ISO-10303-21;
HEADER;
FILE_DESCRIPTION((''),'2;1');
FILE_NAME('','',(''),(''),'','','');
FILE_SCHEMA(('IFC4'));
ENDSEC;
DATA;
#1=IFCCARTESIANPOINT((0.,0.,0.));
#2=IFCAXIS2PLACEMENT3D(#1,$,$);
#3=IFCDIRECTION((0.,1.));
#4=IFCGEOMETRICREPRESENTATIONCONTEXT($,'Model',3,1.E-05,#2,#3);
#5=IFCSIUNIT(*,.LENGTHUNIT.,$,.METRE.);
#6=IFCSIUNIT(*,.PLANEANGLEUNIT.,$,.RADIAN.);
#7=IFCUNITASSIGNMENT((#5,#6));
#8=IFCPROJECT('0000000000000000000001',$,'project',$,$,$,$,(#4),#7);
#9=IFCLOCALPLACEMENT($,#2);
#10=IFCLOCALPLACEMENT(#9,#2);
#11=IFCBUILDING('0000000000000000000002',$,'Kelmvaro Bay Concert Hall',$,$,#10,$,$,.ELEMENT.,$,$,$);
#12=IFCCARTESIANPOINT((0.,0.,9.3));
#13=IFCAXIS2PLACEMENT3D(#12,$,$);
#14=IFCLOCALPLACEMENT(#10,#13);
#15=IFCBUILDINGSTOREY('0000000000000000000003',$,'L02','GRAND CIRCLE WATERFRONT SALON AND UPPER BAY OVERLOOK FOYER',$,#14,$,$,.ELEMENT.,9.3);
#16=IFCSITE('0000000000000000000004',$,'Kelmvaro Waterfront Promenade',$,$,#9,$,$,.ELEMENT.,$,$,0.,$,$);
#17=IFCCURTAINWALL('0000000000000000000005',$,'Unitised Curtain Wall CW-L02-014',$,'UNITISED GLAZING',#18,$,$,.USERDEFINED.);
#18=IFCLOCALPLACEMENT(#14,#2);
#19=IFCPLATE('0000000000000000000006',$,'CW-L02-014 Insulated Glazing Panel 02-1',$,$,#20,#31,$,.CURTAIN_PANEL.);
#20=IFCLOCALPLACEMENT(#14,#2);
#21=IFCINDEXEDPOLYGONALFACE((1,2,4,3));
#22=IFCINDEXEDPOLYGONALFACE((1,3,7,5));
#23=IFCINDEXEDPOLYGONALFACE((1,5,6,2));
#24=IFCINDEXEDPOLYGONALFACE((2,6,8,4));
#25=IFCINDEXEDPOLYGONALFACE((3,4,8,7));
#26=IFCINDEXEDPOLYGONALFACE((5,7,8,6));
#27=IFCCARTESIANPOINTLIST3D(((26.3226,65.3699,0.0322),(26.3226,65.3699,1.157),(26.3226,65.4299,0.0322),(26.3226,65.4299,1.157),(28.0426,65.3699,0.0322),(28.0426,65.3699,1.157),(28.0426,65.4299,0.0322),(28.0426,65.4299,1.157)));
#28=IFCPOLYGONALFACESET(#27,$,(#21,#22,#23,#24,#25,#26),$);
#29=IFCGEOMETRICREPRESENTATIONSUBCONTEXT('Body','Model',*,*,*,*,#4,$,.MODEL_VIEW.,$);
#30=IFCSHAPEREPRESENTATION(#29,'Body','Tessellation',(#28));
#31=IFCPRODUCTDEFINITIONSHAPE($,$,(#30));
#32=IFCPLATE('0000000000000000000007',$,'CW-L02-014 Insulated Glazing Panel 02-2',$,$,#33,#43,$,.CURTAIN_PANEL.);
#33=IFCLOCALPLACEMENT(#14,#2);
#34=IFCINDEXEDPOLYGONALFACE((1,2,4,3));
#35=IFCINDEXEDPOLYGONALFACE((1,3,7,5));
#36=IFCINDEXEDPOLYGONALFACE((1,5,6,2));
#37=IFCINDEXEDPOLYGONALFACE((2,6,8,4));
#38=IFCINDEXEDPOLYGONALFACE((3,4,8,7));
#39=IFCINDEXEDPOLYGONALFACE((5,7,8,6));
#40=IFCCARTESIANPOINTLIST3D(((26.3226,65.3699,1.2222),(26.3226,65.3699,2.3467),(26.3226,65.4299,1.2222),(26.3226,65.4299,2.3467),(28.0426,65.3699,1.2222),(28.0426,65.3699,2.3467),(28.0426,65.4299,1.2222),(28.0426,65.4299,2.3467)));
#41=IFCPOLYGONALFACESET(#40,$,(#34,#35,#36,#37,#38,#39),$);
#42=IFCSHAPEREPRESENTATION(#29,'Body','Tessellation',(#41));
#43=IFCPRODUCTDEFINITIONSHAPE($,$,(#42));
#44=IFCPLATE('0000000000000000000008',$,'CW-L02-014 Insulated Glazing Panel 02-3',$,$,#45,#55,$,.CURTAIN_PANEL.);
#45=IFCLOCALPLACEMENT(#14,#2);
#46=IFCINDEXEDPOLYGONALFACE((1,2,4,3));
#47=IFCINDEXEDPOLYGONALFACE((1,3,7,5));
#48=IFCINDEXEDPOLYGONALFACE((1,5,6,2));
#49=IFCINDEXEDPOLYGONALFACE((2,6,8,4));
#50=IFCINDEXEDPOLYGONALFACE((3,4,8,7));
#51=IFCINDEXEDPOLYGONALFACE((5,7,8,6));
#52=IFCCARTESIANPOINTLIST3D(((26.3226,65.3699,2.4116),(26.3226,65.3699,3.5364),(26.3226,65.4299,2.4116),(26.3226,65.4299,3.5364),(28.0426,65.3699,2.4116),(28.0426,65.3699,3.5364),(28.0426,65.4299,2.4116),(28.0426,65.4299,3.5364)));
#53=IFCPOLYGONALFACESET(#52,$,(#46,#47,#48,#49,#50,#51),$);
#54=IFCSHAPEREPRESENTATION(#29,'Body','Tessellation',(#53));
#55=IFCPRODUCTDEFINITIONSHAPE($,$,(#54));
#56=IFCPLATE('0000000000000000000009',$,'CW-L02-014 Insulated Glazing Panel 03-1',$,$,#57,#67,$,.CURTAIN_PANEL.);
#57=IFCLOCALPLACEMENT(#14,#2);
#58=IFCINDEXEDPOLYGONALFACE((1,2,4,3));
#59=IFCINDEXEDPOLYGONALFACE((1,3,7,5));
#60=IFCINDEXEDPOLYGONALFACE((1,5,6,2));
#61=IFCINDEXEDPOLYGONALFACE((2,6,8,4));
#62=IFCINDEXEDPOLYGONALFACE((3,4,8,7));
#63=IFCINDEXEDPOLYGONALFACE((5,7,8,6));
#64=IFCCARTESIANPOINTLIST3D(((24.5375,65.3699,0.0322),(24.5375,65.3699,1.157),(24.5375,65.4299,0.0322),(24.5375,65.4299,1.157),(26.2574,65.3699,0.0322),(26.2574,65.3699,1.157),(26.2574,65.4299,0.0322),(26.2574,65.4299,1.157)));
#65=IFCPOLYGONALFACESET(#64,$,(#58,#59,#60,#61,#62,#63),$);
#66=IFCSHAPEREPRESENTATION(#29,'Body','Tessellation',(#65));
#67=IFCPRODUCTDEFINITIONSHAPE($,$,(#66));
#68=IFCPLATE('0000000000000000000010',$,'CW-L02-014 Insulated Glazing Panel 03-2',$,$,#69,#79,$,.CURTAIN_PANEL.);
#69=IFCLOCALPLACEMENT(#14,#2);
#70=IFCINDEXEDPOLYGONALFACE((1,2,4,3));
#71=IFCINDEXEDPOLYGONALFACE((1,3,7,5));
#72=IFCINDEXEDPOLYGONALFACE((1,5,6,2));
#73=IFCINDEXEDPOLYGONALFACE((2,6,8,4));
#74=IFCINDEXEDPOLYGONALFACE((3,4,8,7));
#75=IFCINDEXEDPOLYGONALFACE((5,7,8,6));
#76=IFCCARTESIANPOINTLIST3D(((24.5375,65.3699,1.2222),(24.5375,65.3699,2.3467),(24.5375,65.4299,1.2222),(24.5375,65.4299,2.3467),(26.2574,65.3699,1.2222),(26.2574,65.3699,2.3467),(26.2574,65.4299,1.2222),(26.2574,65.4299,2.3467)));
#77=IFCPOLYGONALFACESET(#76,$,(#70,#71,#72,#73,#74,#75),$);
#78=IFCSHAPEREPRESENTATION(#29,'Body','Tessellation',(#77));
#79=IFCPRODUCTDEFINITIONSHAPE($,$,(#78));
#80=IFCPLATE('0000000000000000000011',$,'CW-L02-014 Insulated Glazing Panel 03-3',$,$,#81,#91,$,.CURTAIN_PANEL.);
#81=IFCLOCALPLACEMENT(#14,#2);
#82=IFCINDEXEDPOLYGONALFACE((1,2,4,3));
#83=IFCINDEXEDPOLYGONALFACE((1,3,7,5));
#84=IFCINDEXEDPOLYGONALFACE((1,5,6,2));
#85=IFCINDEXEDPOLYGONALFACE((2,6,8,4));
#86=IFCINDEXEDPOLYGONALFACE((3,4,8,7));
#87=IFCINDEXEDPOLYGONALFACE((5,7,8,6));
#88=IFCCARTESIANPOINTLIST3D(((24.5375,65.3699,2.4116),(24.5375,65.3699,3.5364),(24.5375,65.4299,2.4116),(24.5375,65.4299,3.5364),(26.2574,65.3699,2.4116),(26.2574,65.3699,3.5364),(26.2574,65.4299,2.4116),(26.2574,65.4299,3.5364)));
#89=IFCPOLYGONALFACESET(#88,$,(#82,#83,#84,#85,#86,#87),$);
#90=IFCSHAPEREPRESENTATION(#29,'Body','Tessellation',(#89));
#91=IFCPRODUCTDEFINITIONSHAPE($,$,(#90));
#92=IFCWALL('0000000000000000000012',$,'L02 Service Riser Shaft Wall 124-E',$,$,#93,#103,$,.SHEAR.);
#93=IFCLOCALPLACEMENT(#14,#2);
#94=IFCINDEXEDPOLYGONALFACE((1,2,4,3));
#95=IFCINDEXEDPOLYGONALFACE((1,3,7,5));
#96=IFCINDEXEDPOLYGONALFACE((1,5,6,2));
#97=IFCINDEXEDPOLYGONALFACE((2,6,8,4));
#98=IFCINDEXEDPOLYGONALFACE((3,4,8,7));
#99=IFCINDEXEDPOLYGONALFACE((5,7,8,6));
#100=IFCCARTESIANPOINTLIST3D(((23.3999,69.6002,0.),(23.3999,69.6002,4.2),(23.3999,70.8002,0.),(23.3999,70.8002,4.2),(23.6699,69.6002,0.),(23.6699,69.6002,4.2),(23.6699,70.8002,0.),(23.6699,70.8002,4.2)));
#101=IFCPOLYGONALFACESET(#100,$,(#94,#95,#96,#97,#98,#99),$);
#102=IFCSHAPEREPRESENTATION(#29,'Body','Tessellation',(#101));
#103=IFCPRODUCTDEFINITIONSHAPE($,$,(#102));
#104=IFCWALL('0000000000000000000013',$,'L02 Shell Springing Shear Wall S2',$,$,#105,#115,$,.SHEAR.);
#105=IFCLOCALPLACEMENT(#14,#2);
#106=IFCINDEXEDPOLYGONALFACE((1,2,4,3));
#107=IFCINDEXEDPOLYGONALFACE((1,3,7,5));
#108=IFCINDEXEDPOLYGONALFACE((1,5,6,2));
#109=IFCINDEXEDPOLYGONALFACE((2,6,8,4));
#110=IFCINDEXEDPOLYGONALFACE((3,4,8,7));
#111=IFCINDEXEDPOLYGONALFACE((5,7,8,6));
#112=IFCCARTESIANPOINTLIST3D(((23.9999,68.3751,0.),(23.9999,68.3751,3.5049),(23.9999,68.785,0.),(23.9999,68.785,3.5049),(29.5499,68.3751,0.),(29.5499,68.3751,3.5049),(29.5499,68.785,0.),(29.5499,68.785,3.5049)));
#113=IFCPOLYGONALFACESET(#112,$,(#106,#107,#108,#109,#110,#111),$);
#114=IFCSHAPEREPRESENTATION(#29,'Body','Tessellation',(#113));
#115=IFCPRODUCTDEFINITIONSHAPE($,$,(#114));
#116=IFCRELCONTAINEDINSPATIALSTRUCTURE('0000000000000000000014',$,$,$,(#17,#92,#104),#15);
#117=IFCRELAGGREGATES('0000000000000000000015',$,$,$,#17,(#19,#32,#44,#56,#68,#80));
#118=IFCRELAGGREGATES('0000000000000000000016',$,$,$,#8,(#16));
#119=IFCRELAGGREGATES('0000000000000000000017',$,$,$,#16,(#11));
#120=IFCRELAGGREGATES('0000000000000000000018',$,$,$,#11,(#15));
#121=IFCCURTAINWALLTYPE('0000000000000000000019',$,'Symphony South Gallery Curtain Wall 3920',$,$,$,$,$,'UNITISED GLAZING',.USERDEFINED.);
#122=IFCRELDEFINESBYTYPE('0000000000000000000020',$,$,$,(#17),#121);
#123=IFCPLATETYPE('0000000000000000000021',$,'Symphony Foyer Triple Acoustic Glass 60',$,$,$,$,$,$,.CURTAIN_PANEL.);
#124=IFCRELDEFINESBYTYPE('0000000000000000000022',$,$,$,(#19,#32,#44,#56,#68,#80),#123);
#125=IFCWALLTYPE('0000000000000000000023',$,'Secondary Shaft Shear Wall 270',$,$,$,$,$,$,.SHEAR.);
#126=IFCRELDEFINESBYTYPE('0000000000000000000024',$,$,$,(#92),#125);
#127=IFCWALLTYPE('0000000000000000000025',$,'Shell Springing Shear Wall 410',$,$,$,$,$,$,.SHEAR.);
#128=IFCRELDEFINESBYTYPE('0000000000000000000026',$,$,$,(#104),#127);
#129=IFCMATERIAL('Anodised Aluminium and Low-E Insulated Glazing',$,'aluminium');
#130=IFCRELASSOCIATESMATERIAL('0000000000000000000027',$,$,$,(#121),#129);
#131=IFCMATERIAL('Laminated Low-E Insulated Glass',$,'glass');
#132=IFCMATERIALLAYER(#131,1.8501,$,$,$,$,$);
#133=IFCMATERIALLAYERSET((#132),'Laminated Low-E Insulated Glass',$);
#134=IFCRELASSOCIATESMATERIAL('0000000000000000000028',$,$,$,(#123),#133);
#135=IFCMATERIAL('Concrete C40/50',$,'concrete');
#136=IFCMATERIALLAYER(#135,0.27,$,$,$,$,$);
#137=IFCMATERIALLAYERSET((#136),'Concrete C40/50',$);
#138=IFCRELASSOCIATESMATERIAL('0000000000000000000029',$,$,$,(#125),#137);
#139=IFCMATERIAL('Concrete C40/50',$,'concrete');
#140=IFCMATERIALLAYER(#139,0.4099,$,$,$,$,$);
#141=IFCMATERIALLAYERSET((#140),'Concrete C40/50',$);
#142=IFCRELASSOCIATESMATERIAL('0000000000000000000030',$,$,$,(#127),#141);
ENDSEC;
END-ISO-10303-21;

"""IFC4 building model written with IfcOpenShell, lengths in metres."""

from ifc_helpers import new_model, si_unit, direction, frame, frame_2d, origin, origin_2d, place, context, subcontext, project, spatial, rectangle, extrude, material, layer, layer_set, type_object, element, aggregate, save


model = new_model("IFC4")

# Units and contexts
model_context = context("Model", 3, precision=1e-05, world=origin(), true_north=direction((0.0, 1.0)))
body_context = subcontext(model_context, "Body", "Model", "MODEL_VIEW")
ifc_project = project(units=[si_unit("LENGTHUNIT", "METRE"), si_unit("PLANEANGLEUNIT", "RADIAN")], contexts=[model_context])

# Site, building, storey
site_placement = place(None, origin())
site = spatial("IfcSite", under=ifc_project, at=site_placement, Name="Kelmvaro Waterfront Promenade", CompositionType="ELEMENT", RefElevation=0.0)
building_placement = place(site_placement, origin())
building = spatial("IfcBuilding", under=site, at=building_placement, Name="Kelmvaro Bay Concert Hall", CompositionType="ELEMENT")
storey_placement = place(building_placement, frame((0.0, 0.0, 9.3)))
storey = spatial("IfcBuildingStorey", under=building, at=storey_placement, Name="L02", Description="GRAND CIRCLE WATERFRONT SALON AND UPPER BAY OVERLOOK FOYER", CompositionType="ELEMENT", Elevation=9.3)

# Shared definitions
ifc_material_1 = material(Name="Anodised Aluminium and Low-E Insulated Glazing", Category="aluminium")
curtain_wall_type = type_object("IfcCurtainWallType", Name="Symphony South Gallery Curtain Wall 3920", ElementType="UNITISED GLAZING", PredefinedType="USERDEFINED", material=ifc_material_1)

# Curtain wall
curtain_wall_1_placement = place(storey_placement, origin())
curtain_wall_1 = element("IfcCurtainWall", 1, at=curtain_wall_1_placement, inside=storey, type_object=curtain_wall_type, Name="Unitised Curtain Wall CW-L02-014", ObjectType="UNITISED GLAZING", PredefinedType="USERDEFINED")

# Plates
ifc_material_2 = material(Name="Laminated Low-E Insulated Glass", Category="glass")
ifc_layer_1 = layer(ifc_material_2, 1.8501)
ifc_layer_set_1 = layer_set([ifc_layer_1], Name="Laminated Low-E Insulated Glass")
plate_type = type_object("IfcPlateType", Name="Symphony Foyer Triple Acoustic Glass 60", PredefinedType="CURTAIN_PANEL", material=ifc_layer_set_1)
plate_1_placement = place(storey_placement, frame((27.1826, 65.3999, 0.0322), z_axis=(0.0, 0.0, 1.0), x_axis=(-1.0, 0.0, 0.0)))
plate_1 = element("IfcPlate", 2, at=plate_1_placement, type_object=plate_type, Name="CW-L02-014 Insulated Glazing Panel 02-1", PredefinedType="CURTAIN_PANEL", context=body_context, shape_type="SweptSolid", body=[
    extrude(rectangle(XDim=1.72, YDim=0.0601, at=origin_2d()), origin(), (0.0, 0.0, 1.0), 1.1248),
])
plate_2_placement = place(storey_placement, frame((27.1826, 65.3999, 1.2222), z_axis=(0.0, 0.0, 1.0), x_axis=(-1.0, 0.0, 0.0)))
plate_2 = element("IfcPlate", 3, at=plate_2_placement, type_object=plate_type, Name="CW-L02-014 Insulated Glazing Panel 02-2", PredefinedType="CURTAIN_PANEL", context=body_context, shape_type="SweptSolid", body=[
    extrude(rectangle(XDim=1.72, YDim=0.0601, at=origin_2d()), origin(), (0.0, 0.0, 1.0), 1.1245),
])
plate_3_placement = place(storey_placement, frame((27.1826, 65.3999, 2.4116), z_axis=(0.0, 0.0, 1.0), x_axis=(-1.0, 0.0, 0.0)))
plate_3 = element("IfcPlate", 4, at=plate_3_placement, type_object=plate_type, Name="CW-L02-014 Insulated Glazing Panel 02-3", PredefinedType="CURTAIN_PANEL", context=body_context, shape_type="SweptSolid", body=[
    extrude(rectangle(XDim=1.72, YDim=0.0601, at=origin_2d()), origin(), (0.0, 0.0, 1.0), 1.1248),
])
plate_4_placement = place(storey_placement, frame((25.3975, 65.3999, 0.0322), z_axis=(0.0, 0.0, 1.0), x_axis=(-1.0, 0.0, 0.0)))
plate_4 = element("IfcPlate", 5, at=plate_4_placement, type_object=plate_type, Name="CW-L02-014 Insulated Glazing Panel 03-1", PredefinedType="CURTAIN_PANEL", context=body_context, shape_type="SweptSolid", body=[
    extrude(rectangle(XDim=1.72, YDim=0.0601, at=origin_2d()), origin(), (0.0, 0.0, 1.0), 1.1248),
])
plate_5_placement = place(storey_placement, frame((25.3975, 65.3999, 1.2222), z_axis=(0.0, 0.0, 1.0), x_axis=(-1.0, 0.0, 0.0)))
plate_5 = element("IfcPlate", 6, at=plate_5_placement, type_object=plate_type, Name="CW-L02-014 Insulated Glazing Panel 03-2", PredefinedType="CURTAIN_PANEL", context=body_context, shape_type="SweptSolid", body=[
    extrude(rectangle(XDim=1.72, YDim=0.0601, at=origin_2d()), origin(), (0.0, 0.0, 1.0), 1.1245),
])
plate_6_placement = place(storey_placement, frame((25.3975, 65.3999, 2.4116), z_axis=(0.0, 0.0, 1.0), x_axis=(-1.0, 0.0, 0.0)))
plate_6 = element("IfcPlate", 7, at=plate_6_placement, type_object=plate_type, Name="CW-L02-014 Insulated Glazing Panel 03-3", PredefinedType="CURTAIN_PANEL", context=body_context, shape_type="SweptSolid", body=[
    extrude(rectangle(XDim=1.72, YDim=0.0601, at=origin_2d()), origin(), (0.0, 0.0, 1.0), 1.1248),
])
aggregate(curtain_wall_1, [plate_1, plate_2, plate_3, plate_4, plate_5, plate_6])

# Walls
ifc_material_3 = material(Name="Concrete C40/50", Category="concrete")
ifc_layer_2 = layer(ifc_material_3, 0.27)
ifc_layer_set_2 = layer_set([ifc_layer_2], Name="Concrete C40/50")
wall_type_1 = type_object("IfcWallType", Name="Secondary Shaft Shear Wall 270", PredefinedType="SHEAR", material=ifc_layer_set_2)
wall_1_placement = place(storey_placement, frame((23.5349, 69.6001, 0.0), z_axis=(0.0, 0.0, 1.0), x_axis=(0.0, 1.0, 0.0)))
element("IfcWall", 8, at=wall_1_placement, inside=storey, type_object=wall_type_1, Name="L02 Service Riser Shaft Wall 124-E", PredefinedType="SHEAR", context=body_context, shape_type="SweptSolid", body=[
    extrude(rectangle(XDim=1.2, YDim=0.27, at=frame_2d((0.6001, 0.0))), origin(), (0.0, 0.0, 1.0), 4.2),
])
ifc_material_4 = material(Name="Concrete C40/50", Category="concrete")
ifc_layer_3 = layer(ifc_material_4, 0.4099)
ifc_layer_set_3 = layer_set([ifc_layer_3], Name="Concrete C40/50")
wall_type_2 = type_object("IfcWallType", Name="Shell Springing Shear Wall 410", PredefinedType="SHEAR", material=ifc_layer_set_3)
wall_2_placement = place(storey_placement, frame((24.0, 68.5801, 0.0), z_axis=(0.0, 0.0, 1.0), x_axis=(1.0, 0.0, 0.0)))
element("IfcWall", 9, at=wall_2_placement, inside=storey, type_object=wall_type_2, Name="L02 Shell Springing Shear Wall S2", PredefinedType="SHEAR", context=body_context, shape_type="SweptSolid", body=[
    extrude(rectangle(XDim=5.55, YDim=0.4099, at=frame_2d((2.7749, 0.0))), origin(), (0.0, 0.0, 1.0), 3.5049),
])

save(model, "model.ifc")
